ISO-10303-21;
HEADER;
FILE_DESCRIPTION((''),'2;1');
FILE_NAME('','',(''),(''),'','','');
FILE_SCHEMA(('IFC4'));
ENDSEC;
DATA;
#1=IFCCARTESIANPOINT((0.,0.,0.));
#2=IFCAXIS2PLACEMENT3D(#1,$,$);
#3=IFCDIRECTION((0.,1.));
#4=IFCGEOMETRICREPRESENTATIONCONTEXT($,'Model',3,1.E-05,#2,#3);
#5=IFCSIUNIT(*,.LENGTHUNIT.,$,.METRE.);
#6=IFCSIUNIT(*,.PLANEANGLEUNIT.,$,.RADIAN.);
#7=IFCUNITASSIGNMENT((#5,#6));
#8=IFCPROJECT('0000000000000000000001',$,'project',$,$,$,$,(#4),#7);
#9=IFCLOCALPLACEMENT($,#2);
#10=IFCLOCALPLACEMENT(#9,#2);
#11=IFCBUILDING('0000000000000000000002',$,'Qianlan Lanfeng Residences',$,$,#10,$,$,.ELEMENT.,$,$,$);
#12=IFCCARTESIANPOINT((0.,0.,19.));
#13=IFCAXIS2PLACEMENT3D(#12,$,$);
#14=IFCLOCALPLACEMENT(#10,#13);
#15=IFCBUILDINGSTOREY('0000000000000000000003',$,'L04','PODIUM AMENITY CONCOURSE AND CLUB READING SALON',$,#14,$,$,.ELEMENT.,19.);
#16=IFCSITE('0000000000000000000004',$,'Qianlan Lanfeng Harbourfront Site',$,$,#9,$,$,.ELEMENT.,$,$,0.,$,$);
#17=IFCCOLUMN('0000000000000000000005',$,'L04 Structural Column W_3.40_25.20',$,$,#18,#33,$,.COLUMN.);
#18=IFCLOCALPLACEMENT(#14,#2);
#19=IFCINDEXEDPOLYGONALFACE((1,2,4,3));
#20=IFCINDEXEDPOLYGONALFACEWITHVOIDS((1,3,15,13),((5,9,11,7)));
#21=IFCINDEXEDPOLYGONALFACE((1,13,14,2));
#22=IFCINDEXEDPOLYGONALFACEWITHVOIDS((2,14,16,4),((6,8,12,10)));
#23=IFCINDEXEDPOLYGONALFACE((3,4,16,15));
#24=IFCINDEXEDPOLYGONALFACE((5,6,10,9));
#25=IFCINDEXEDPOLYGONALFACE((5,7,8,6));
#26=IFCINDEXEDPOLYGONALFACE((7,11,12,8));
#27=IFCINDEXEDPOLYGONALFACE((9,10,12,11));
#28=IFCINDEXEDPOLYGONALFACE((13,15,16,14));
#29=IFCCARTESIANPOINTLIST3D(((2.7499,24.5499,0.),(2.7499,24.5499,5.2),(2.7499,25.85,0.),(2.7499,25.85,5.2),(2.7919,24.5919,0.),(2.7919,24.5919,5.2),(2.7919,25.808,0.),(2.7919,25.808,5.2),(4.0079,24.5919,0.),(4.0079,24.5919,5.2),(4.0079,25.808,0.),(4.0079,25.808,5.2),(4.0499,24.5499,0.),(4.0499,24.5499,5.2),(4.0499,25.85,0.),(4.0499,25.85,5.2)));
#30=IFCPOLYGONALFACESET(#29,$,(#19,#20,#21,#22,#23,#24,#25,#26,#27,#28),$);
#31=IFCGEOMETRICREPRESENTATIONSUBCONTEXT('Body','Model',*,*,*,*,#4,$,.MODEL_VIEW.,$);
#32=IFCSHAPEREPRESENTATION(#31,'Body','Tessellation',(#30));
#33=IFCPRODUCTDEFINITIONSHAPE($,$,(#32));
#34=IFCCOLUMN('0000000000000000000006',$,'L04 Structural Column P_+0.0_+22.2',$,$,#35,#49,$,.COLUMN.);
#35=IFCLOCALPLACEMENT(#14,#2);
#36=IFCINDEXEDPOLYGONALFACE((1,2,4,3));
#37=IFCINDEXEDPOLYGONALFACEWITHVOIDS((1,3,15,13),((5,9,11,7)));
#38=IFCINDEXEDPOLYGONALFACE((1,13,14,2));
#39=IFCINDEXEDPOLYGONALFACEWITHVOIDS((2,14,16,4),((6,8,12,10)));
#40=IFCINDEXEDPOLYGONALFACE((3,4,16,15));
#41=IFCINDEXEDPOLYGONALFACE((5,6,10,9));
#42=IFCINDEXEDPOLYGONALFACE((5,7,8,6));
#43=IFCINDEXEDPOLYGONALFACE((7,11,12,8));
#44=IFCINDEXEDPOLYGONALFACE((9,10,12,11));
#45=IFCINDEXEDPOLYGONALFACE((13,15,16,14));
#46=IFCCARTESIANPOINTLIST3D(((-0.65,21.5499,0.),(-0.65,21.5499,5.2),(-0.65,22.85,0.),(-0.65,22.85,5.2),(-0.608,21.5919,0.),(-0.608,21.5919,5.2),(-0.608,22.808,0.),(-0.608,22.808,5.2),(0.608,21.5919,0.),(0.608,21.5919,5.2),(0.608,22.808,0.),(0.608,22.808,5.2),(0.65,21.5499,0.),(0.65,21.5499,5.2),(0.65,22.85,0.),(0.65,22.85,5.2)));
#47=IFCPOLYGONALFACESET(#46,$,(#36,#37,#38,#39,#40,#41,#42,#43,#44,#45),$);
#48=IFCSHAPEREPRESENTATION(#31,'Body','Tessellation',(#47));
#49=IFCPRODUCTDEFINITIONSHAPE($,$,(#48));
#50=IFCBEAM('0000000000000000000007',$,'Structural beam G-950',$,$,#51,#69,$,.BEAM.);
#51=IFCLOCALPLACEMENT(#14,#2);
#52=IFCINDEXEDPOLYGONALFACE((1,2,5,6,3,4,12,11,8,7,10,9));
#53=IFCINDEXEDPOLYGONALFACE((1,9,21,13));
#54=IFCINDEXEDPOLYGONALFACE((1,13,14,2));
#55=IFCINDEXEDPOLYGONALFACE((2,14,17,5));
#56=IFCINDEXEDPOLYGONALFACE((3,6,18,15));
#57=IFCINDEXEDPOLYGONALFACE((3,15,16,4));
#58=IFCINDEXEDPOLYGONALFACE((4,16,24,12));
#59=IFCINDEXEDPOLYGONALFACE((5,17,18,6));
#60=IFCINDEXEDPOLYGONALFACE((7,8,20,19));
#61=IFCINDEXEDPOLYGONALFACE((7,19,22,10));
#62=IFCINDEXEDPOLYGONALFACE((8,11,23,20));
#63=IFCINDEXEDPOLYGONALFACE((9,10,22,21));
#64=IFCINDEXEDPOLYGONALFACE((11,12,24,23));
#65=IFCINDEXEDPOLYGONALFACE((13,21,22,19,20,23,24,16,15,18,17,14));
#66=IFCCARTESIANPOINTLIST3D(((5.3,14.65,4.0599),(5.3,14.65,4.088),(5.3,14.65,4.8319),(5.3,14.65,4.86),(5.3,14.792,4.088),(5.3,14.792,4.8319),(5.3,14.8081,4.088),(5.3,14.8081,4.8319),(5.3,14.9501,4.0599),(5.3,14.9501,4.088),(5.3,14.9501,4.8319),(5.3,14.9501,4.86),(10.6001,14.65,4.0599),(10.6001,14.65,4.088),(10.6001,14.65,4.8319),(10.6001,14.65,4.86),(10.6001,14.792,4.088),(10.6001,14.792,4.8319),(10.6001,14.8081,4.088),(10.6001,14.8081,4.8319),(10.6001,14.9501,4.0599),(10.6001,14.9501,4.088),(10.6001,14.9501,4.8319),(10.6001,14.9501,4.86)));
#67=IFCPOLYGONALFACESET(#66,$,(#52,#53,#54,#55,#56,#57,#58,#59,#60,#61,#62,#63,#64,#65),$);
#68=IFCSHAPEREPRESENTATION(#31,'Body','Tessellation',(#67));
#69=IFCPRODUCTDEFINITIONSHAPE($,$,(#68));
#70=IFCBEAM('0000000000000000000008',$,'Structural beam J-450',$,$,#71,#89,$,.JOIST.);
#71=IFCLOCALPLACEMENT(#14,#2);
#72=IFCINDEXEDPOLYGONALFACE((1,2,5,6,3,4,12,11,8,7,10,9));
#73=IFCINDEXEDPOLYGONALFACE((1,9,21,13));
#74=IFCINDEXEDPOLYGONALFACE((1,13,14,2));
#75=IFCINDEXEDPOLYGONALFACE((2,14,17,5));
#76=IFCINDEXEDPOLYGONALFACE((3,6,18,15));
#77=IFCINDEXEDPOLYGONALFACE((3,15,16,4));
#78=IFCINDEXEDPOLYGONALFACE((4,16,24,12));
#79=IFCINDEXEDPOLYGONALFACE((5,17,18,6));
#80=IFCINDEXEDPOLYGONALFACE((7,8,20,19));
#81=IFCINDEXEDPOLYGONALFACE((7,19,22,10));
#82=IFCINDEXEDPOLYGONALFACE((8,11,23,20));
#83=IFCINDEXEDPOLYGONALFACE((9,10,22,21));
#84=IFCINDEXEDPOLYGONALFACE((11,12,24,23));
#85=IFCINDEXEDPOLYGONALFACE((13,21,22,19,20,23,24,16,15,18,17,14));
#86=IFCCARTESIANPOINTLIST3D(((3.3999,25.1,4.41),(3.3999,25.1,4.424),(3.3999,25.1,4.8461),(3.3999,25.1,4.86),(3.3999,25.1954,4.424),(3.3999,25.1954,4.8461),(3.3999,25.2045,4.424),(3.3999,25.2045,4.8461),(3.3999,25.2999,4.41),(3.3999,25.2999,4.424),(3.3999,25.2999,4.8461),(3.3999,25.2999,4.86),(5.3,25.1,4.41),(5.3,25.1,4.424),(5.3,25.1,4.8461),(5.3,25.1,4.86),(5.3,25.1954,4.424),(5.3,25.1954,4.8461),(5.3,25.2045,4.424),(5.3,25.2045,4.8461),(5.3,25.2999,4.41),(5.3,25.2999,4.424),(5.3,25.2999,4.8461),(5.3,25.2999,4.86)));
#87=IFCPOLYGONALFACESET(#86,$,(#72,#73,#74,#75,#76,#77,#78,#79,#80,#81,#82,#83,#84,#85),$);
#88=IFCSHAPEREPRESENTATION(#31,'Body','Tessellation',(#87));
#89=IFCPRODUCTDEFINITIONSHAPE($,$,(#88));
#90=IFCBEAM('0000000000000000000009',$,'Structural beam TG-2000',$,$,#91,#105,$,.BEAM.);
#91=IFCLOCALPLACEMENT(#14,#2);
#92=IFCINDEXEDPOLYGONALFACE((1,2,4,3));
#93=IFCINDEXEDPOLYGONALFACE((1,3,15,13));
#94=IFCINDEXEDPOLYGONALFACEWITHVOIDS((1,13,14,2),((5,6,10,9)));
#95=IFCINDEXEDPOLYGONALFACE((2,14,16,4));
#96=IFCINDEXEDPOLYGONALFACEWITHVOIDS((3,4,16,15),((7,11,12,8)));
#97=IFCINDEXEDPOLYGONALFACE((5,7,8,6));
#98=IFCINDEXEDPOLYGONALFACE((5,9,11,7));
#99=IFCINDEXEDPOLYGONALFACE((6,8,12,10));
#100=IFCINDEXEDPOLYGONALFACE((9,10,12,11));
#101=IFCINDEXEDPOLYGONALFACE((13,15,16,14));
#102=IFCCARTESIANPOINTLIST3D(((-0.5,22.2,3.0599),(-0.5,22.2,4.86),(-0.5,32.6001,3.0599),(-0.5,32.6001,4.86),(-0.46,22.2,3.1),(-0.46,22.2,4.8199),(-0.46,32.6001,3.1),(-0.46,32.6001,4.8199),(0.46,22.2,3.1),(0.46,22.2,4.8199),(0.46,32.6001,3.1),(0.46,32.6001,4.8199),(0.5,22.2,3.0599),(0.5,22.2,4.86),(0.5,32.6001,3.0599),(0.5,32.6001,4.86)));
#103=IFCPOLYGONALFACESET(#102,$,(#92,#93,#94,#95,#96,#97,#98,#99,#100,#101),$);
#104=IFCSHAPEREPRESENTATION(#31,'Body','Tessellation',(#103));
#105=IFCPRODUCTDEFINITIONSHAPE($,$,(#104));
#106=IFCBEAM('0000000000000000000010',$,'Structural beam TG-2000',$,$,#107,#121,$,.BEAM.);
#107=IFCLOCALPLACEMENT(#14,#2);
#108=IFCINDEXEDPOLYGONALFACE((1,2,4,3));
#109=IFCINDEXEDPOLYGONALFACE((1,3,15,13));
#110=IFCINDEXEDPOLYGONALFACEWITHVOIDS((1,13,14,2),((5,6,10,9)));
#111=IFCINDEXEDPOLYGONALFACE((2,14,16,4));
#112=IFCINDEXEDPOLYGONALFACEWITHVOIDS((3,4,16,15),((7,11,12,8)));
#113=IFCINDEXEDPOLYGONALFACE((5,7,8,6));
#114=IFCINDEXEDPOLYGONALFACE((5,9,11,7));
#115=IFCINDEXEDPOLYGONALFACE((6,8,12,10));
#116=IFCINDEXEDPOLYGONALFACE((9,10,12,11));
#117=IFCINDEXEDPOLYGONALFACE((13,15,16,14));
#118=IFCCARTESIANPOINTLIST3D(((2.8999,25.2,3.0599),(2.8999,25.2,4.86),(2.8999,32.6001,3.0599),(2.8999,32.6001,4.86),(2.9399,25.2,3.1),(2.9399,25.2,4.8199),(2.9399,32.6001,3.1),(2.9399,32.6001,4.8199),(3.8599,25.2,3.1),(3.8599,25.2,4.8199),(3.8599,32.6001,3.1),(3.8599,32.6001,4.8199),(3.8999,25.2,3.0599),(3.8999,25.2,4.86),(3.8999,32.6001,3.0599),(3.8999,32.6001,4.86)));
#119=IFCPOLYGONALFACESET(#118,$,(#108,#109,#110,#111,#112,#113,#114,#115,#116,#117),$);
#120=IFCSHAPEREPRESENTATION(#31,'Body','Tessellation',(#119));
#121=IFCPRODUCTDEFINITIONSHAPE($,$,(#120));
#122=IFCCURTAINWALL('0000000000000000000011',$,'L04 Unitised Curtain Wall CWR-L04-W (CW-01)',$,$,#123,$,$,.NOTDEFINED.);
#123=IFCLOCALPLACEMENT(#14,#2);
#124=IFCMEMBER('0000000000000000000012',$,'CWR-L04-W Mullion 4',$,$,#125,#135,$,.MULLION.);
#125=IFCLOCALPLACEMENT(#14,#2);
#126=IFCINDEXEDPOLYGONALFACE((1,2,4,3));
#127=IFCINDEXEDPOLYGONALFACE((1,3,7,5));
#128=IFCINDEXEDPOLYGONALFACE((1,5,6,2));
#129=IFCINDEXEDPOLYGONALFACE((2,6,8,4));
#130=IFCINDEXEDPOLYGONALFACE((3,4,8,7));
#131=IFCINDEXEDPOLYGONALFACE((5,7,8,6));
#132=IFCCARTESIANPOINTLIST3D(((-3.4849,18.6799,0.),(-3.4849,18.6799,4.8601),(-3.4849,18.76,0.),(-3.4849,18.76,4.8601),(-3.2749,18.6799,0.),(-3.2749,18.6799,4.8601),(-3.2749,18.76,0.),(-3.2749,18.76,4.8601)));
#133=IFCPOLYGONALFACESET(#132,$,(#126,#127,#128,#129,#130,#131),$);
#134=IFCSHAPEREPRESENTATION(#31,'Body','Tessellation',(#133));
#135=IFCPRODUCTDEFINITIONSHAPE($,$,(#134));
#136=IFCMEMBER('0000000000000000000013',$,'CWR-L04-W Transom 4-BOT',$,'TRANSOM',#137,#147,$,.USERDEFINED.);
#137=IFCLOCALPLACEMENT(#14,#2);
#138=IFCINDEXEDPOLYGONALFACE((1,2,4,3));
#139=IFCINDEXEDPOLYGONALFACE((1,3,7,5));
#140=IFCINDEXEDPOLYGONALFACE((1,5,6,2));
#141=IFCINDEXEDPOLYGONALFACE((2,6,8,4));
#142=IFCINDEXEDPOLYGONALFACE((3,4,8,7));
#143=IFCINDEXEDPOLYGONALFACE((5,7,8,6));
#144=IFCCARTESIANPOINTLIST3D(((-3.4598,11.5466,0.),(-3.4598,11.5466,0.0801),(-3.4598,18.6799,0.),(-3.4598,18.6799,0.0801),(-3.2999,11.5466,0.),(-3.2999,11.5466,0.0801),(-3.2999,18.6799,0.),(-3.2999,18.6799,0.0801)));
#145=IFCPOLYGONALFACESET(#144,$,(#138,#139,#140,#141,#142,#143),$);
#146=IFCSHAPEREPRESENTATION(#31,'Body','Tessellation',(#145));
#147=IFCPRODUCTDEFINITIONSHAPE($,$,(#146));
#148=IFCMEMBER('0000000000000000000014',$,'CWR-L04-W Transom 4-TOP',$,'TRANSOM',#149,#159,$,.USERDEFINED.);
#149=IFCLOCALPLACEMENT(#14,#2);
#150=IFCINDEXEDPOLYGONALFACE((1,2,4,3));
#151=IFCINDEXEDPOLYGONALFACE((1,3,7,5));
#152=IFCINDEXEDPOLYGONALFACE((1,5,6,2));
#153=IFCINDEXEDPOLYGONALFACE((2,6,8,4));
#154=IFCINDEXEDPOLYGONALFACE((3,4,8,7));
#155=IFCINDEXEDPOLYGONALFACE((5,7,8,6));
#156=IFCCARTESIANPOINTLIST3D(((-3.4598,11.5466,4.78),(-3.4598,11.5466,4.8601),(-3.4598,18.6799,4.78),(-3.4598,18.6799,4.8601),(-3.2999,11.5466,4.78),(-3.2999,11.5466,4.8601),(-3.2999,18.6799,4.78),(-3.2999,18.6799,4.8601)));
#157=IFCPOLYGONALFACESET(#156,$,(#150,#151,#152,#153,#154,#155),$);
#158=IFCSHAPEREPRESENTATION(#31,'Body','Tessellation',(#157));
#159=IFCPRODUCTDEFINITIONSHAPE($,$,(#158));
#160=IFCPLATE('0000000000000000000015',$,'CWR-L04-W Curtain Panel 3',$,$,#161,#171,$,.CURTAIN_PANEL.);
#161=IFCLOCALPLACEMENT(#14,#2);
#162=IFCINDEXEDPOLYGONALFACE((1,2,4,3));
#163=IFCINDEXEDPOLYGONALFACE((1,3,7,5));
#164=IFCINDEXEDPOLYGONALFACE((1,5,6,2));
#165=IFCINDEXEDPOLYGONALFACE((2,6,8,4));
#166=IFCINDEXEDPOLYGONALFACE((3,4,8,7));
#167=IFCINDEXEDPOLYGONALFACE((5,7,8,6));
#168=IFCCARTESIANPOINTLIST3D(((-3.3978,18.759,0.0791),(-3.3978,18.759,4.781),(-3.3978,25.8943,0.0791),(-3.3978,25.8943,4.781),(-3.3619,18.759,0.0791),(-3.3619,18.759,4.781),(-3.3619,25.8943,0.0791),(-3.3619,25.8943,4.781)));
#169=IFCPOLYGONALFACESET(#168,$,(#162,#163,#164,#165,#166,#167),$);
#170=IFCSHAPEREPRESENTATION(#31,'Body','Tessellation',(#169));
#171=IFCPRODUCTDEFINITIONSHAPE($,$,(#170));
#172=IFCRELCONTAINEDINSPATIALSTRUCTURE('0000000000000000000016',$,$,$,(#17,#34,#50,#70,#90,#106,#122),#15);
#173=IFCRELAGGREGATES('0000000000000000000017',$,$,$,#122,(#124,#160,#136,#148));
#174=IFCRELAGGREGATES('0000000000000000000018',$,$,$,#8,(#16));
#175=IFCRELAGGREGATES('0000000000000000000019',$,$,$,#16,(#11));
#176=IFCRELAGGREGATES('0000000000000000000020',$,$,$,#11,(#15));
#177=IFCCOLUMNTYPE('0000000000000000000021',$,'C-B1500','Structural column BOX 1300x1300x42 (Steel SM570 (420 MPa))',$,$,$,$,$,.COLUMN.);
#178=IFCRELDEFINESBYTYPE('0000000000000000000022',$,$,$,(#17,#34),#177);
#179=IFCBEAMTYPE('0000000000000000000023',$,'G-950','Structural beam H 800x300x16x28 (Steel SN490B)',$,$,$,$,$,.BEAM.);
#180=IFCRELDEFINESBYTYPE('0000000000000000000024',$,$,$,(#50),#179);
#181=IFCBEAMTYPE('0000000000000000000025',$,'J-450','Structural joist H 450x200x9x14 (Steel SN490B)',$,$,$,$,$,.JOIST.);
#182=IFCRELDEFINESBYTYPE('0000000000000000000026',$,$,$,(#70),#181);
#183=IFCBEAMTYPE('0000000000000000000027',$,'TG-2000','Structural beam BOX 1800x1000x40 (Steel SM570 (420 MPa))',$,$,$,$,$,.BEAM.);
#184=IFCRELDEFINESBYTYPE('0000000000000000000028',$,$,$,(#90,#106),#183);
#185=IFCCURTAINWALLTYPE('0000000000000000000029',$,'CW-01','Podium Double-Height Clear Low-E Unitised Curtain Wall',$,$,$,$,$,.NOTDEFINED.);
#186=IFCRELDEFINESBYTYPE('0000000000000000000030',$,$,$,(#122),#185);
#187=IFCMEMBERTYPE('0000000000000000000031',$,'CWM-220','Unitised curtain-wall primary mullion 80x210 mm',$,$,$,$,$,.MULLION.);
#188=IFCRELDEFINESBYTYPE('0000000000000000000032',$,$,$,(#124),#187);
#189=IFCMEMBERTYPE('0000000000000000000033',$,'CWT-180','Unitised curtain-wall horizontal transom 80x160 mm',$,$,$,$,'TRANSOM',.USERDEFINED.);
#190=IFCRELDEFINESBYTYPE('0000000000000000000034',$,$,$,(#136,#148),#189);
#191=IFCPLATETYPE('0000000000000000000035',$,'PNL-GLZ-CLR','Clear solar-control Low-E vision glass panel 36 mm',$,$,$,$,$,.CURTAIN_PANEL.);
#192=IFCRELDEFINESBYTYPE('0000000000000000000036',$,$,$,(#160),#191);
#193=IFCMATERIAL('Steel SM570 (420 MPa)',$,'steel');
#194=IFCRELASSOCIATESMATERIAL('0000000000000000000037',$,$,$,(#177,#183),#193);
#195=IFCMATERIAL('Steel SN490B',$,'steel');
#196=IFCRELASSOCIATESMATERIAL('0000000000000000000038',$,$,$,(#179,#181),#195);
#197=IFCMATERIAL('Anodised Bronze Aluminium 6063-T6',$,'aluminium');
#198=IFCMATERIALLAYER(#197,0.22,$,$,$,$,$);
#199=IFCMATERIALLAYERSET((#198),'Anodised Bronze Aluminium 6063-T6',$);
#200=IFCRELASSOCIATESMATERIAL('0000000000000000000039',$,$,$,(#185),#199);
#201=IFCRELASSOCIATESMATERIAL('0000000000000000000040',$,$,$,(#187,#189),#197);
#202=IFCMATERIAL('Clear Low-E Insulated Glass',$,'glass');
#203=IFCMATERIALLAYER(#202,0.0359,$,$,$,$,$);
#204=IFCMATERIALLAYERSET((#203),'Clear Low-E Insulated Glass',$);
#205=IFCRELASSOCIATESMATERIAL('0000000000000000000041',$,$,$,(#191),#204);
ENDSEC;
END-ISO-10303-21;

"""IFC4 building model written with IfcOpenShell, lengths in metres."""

from ifc_helpers import new_model, si_unit, direction, frame, origin, origin_2d, place, context, subcontext, project, spatial, rectangle, hollow_rectangle, i_section, extrude, source, transform, mapped, material, layer, layer_set, material_profile, profile_set, type_object, element, aggregate, save


model = new_model("IFC4")

# Units and contexts
model_context = context("Model", 3, precision=1e-05, world=origin(), true_north=direction((0.0, 1.0)))
body_context = subcontext(model_context, "Body", "Model", "MODEL_VIEW")
ifc_project = project(units=[si_unit("LENGTHUNIT", "METRE"), si_unit("PLANEANGLEUNIT", "RADIAN")], contexts=[model_context])

# Site, building, storey
site_placement = place(None, origin())
site = spatial("IfcSite", under=ifc_project, at=site_placement, Name="Qianlan Lanfeng Harbourfront Site", CompositionType="ELEMENT", RefElevation=0.0)
building_placement = place(site_placement, origin())
building = spatial("IfcBuilding", under=site, at=building_placement, Name="Qianlan Lanfeng Residences", CompositionType="ELEMENT")
storey_placement = place(building_placement, frame((0.0, 0.0, 19.0)))
storey = spatial("IfcBuildingStorey", under=building, at=storey_placement, Name="L04", Description="PODIUM AMENITY CONCOURSE AND CLUB READING SALON", CompositionType="ELEMENT", Elevation=19.0)

# Columns
ifc_material_1 = material(Name="Steel SM570 (420 MPa)", Category="steel")
ifc_material_profile_1 = material_profile(ifc_material_1, hollow_rectangle(XDim=1.3, YDim=1.3, WallThickness=0.042, at=origin_2d()), Name="BOX 1300x1300x42")
ifc_profile_set_1 = profile_set([ifc_material_profile_1], Name="Steel SM570 (420 MPa)")
column_type = type_object("IfcColumnType", Name="C-B1500", Description="Structural column BOX 1300x1300x42 (Steel SM570 (420 MPa))", PredefinedType="COLUMN", material=ifc_profile_set_1)
for number, where, z_axis, x_axis, name in (
    (1, (3.3999, 25.2, 0.0), (0.0, 0.0, 1.0), (1.0, 0.0, 0.0), "L04 Structural Column W_3.40_25.20"),
    (2, (0.0, 22.2, 0.0), (0.0, 0.0, 1.0), (1.0, 0.0, 0.0), "L04 Structural Column P_+0.0_+22.2"),
):
    element("IfcColumn", number, at=place(storey_placement, frame(where, z_axis=z_axis, x_axis=x_axis)), inside=storey, type_object=column_type, Name=name, PredefinedType="COLUMN", context=body_context, shape_type="SweptSolid", body=[
        extrude(hollow_rectangle(XDim=1.3, YDim=1.3, WallThickness=0.042, at=origin_2d()), origin(), (0.0, 0.0, 1.0), 5.2),
    ])

# Beams
ifc_material_2 = material(Name="Steel SN490B", Category="steel")
ifc_material_profile_2 = material_profile(ifc_material_2, i_section(OverallWidth=0.3, OverallDepth=0.8, WebThickness=0.0161, FlangeThickness=0.0281, at=origin_2d()), Name="H 800x300x16x28")
ifc_profile_set_2 = profile_set([ifc_material_profile_2], Name="Steel SN490B")
beam_type_1 = type_object("IfcBeamType", Name="G-950", Description="Structural beam H 800x300x16x28 (Steel SN490B)", PredefinedType="BEAM", material=ifc_profile_set_2)
beam_1_placement = place(storey_placement, frame((5.3, 14.8, 4.46), z_axis=(1.0, 0.0, 0.0), x_axis=(0.0, 1.0, 0.0)))
element("IfcBeam", 3, at=beam_1_placement, inside=storey, type_object=beam_type_1, Name="Structural beam G-950", PredefinedType="BEAM", context=body_context, shape_type="SweptSolid", body=[
    extrude(i_section(OverallWidth=0.3, OverallDepth=0.8, WebThickness=0.0161, FlangeThickness=0.0281, at=origin_2d()), origin(), (0.0, 0.0, 1.0), 5.3),
])
ifc_material_profile_3 = material_profile(ifc_material_2, i_section(OverallWidth=0.2, OverallDepth=0.45, WebThickness=0.009, FlangeThickness=0.0139, at=origin_2d()), Name="H 450x200x9x14")
ifc_profile_set_3 = profile_set([ifc_material_profile_3], Name="Steel SN490B")
beam_type_2 = type_object("IfcBeamType", Name="J-450", Description="Structural joist H 450x200x9x14 (Steel SN490B)", PredefinedType="JOIST", material=ifc_profile_set_3)
beam_2_placement = place(storey_placement, frame((3.3999, 25.2, 4.635), z_axis=(1.0, 0.0, 0.0), x_axis=(0.0, 1.0, 0.0)))
element("IfcBeam", 4, at=beam_2_placement, inside=storey, type_object=beam_type_2, Name="Structural beam J-450", PredefinedType="JOIST", context=body_context, shape_type="SweptSolid", body=[
    extrude(i_section(OverallWidth=0.2, OverallDepth=0.45, WebThickness=0.009, FlangeThickness=0.0139, at=origin_2d()), origin(), (0.0, 0.0, 1.0), 1.9001),
])
ifc_material_profile_4 = material_profile(ifc_material_1, hollow_rectangle(XDim=1.0, YDim=1.8, WallThickness=0.04, at=origin_2d()), Name="BOX 1800x1000x40")
ifc_profile_set_4 = profile_set([ifc_material_profile_4], Name="Steel SM570 (420 MPa)")
beam_type_3 = type_object("IfcBeamType", Name="TG-2000", Description="Structural beam BOX 1800x1000x40 (Steel SM570 (420 MPa))", PredefinedType="BEAM", material=ifc_profile_set_4)
beam_3_placement = place(storey_placement, frame((0.0, 22.2, 3.96), z_axis=(0.0, 1.0, 0.0), x_axis=(-1.0, 0.0, 0.0)))
element("IfcBeam", 5, at=beam_3_placement, inside=storey, type_object=beam_type_3, Name="Structural beam TG-2000", PredefinedType="BEAM", context=body_context, shape_type="SweptSolid", body=[
    extrude(hollow_rectangle(XDim=1.0, YDim=1.8, WallThickness=0.04, at=origin_2d()), origin(), (0.0, 0.0, 1.0), 10.4001),
])
beam_4_placement = place(storey_placement, frame((3.3999, 25.2, 3.96), z_axis=(0.0, 1.0, 0.0), x_axis=(-1.0, 0.0, 0.0)))
element("IfcBeam", 6, at=beam_4_placement, inside=storey, type_object=beam_type_3, Name="Structural beam TG-2000", PredefinedType="BEAM", context=body_context, shape_type="SweptSolid", body=[
    extrude(hollow_rectangle(XDim=1.0, YDim=1.8, WallThickness=0.04, at=origin_2d()), origin(), (0.0, 0.0, 1.0), 7.4001),
])

# Curtain wall, members, plate
ifc_material_3 = material(Name="Anodised Bronze Aluminium 6063-T6", Category="aluminium")
ifc_layer_1 = layer(ifc_material_3, 0.22)
ifc_layer_set_1 = layer_set([ifc_layer_1], Name="Anodised Bronze Aluminium 6063-T6")
curtain_wall_type = type_object("IfcCurtainWallType", Name="CW-01", Description="Podium Double-Height Clear Low-E Unitised Curtain Wall", PredefinedType="NOTDEFINED", material=ifc_layer_set_1)
curtain_wall_placement = place(storey_placement, origin())
curtain_wall = element("IfcCurtainWall", 7, at=curtain_wall_placement, inside=storey, type_object=curtain_wall_type, Name="L04 Unitised Curtain Wall CWR-L04-W (CW-01)", PredefinedType="NOTDEFINED")
ifc_material_profile_5 = material_profile(ifc_material_3, rectangle(XDim=0.0801, YDim=0.21, at=origin_2d()), Name="ALU MULLION 80x210")
ifc_profile_set_5 = profile_set([ifc_material_profile_5], Name="Anodised Bronze Aluminium 6063-T6")
member_type_1 = type_object("IfcMemberType", Name="CWM-220", Description="Unitised curtain-wall primary mullion 80x210 mm", PredefinedType="MULLION", material=ifc_profile_set_5)
shared_shape_1 = source(origin(), body_context, "Body", "SweptSolid", [
    extrude(rectangle(XDim=0.0801, YDim=0.21, at=origin_2d()), origin(), (0.0, 0.0, 1.0), 4.8601),
])
member_1_placement = place(storey_placement, frame((-3.3799, 18.72, 0.0), z_axis=(0.0, 0.0, 1.0), x_axis=(0.0, -1.0, 0.0)))
member_1 = element("IfcMember", 8, at=member_1_placement, type_object=member_type_1, Name="CWR-L04-W Mullion 4", PredefinedType="MULLION", context=body_context, shape_type="MappedRepresentation", body=[
    mapped(shared_shape_1, transform((0.0, 0.0, 0.0), scale=1.0)),
])
ifc_material_profile_6 = material_profile(ifc_material_3, rectangle(XDim=0.0801, YDim=0.1599, at=origin_2d()), Name="ALU TRANSOM 80x160")
ifc_profile_set_6 = profile_set([ifc_material_profile_6], Name="Anodised Bronze Aluminium 6063-T6")
member_type_2 = type_object("IfcMemberType", Name="CWT-180", Description="Unitised curtain-wall horizontal transom 80x160 mm", ElementType="TRANSOM", PredefinedType="USERDEFINED", material=ifc_profile_set_6)
shared_shape_2 = source(origin(), body_context, "Body", "SweptSolid", [
    extrude(rectangle(XDim=0.0801, YDim=0.1599, at=origin_2d()), origin(), (0.0, 0.0, 1.0), 7.1333),
])
member_2_placement = place(storey_placement, frame((-3.3799, 18.6799, 0.04), z_axis=(0.0, -1.0, 0.0), x_axis=(0.0, 0.0, 1.0)))
member_2 = element("IfcMember", 9, at=member_2_placement, type_object=member_type_2, Name="CWR-L04-W Transom 4-BOT", ObjectType="TRANSOM", PredefinedType="USERDEFINED", context=body_context, shape_type="MappedRepresentation", body=[
    mapped(shared_shape_2, transform((0.0, 0.0, 0.0), scale=1.0)),
])
member_3_placement = place(storey_placement, frame((-3.3799, 18.6799, 4.8201), z_axis=(0.0, -1.0, 0.0), x_axis=(0.0, 0.0, 1.0)))
member_3 = element("IfcMember", 10, at=member_3_placement, type_object=member_type_2, Name="CWR-L04-W Transom 4-TOP", ObjectType="TRANSOM", PredefinedType="USERDEFINED", context=body_context, shape_type="MappedRepresentation", body=[
    mapped(shared_shape_2, transform((0.0, 0.0, 0.0), scale=1.0)),
])
ifc_material_4 = material(Name="Clear Low-E Insulated Glass", Category="glass")
ifc_layer_2 = layer(ifc_material_4, 0.0359)
ifc_layer_set_2 = layer_set([ifc_layer_2], Name="Clear Low-E Insulated Glass")
plate_type = type_object("IfcPlateType", Name="PNL-GLZ-CLR", Description="Clear solar-control Low-E vision glass panel 36 mm", PredefinedType="CURTAIN_PANEL", material=ifc_layer_set_2)
shared_shape_3 = source(origin(), body_context, "Body", "SweptSolid", [
    extrude(rectangle(XDim=7.1353, YDim=0.0359, at=origin_2d()), origin(), (0.0, 0.0, 1.0), 4.7019),
])
plate_1_placement = place(storey_placement, frame((-3.3799, 22.3267, 0.0791), z_axis=(0.0, 0.0, 1.0), x_axis=(0.0, -1.0, 0.0)))
plate_1 = element("IfcPlate", 11, at=plate_1_placement, type_object=plate_type, Name="CWR-L04-W Curtain Panel 3", PredefinedType="CURTAIN_PANEL", context=body_context, shape_type="MappedRepresentation", body=[
    mapped(shared_shape_3, transform((0.0, 0.0, 0.0), scale=1.0)),
])
aggregate(curtain_wall, [member_1, plate_1, member_2, member_3])

save(model, "model.ifc")
